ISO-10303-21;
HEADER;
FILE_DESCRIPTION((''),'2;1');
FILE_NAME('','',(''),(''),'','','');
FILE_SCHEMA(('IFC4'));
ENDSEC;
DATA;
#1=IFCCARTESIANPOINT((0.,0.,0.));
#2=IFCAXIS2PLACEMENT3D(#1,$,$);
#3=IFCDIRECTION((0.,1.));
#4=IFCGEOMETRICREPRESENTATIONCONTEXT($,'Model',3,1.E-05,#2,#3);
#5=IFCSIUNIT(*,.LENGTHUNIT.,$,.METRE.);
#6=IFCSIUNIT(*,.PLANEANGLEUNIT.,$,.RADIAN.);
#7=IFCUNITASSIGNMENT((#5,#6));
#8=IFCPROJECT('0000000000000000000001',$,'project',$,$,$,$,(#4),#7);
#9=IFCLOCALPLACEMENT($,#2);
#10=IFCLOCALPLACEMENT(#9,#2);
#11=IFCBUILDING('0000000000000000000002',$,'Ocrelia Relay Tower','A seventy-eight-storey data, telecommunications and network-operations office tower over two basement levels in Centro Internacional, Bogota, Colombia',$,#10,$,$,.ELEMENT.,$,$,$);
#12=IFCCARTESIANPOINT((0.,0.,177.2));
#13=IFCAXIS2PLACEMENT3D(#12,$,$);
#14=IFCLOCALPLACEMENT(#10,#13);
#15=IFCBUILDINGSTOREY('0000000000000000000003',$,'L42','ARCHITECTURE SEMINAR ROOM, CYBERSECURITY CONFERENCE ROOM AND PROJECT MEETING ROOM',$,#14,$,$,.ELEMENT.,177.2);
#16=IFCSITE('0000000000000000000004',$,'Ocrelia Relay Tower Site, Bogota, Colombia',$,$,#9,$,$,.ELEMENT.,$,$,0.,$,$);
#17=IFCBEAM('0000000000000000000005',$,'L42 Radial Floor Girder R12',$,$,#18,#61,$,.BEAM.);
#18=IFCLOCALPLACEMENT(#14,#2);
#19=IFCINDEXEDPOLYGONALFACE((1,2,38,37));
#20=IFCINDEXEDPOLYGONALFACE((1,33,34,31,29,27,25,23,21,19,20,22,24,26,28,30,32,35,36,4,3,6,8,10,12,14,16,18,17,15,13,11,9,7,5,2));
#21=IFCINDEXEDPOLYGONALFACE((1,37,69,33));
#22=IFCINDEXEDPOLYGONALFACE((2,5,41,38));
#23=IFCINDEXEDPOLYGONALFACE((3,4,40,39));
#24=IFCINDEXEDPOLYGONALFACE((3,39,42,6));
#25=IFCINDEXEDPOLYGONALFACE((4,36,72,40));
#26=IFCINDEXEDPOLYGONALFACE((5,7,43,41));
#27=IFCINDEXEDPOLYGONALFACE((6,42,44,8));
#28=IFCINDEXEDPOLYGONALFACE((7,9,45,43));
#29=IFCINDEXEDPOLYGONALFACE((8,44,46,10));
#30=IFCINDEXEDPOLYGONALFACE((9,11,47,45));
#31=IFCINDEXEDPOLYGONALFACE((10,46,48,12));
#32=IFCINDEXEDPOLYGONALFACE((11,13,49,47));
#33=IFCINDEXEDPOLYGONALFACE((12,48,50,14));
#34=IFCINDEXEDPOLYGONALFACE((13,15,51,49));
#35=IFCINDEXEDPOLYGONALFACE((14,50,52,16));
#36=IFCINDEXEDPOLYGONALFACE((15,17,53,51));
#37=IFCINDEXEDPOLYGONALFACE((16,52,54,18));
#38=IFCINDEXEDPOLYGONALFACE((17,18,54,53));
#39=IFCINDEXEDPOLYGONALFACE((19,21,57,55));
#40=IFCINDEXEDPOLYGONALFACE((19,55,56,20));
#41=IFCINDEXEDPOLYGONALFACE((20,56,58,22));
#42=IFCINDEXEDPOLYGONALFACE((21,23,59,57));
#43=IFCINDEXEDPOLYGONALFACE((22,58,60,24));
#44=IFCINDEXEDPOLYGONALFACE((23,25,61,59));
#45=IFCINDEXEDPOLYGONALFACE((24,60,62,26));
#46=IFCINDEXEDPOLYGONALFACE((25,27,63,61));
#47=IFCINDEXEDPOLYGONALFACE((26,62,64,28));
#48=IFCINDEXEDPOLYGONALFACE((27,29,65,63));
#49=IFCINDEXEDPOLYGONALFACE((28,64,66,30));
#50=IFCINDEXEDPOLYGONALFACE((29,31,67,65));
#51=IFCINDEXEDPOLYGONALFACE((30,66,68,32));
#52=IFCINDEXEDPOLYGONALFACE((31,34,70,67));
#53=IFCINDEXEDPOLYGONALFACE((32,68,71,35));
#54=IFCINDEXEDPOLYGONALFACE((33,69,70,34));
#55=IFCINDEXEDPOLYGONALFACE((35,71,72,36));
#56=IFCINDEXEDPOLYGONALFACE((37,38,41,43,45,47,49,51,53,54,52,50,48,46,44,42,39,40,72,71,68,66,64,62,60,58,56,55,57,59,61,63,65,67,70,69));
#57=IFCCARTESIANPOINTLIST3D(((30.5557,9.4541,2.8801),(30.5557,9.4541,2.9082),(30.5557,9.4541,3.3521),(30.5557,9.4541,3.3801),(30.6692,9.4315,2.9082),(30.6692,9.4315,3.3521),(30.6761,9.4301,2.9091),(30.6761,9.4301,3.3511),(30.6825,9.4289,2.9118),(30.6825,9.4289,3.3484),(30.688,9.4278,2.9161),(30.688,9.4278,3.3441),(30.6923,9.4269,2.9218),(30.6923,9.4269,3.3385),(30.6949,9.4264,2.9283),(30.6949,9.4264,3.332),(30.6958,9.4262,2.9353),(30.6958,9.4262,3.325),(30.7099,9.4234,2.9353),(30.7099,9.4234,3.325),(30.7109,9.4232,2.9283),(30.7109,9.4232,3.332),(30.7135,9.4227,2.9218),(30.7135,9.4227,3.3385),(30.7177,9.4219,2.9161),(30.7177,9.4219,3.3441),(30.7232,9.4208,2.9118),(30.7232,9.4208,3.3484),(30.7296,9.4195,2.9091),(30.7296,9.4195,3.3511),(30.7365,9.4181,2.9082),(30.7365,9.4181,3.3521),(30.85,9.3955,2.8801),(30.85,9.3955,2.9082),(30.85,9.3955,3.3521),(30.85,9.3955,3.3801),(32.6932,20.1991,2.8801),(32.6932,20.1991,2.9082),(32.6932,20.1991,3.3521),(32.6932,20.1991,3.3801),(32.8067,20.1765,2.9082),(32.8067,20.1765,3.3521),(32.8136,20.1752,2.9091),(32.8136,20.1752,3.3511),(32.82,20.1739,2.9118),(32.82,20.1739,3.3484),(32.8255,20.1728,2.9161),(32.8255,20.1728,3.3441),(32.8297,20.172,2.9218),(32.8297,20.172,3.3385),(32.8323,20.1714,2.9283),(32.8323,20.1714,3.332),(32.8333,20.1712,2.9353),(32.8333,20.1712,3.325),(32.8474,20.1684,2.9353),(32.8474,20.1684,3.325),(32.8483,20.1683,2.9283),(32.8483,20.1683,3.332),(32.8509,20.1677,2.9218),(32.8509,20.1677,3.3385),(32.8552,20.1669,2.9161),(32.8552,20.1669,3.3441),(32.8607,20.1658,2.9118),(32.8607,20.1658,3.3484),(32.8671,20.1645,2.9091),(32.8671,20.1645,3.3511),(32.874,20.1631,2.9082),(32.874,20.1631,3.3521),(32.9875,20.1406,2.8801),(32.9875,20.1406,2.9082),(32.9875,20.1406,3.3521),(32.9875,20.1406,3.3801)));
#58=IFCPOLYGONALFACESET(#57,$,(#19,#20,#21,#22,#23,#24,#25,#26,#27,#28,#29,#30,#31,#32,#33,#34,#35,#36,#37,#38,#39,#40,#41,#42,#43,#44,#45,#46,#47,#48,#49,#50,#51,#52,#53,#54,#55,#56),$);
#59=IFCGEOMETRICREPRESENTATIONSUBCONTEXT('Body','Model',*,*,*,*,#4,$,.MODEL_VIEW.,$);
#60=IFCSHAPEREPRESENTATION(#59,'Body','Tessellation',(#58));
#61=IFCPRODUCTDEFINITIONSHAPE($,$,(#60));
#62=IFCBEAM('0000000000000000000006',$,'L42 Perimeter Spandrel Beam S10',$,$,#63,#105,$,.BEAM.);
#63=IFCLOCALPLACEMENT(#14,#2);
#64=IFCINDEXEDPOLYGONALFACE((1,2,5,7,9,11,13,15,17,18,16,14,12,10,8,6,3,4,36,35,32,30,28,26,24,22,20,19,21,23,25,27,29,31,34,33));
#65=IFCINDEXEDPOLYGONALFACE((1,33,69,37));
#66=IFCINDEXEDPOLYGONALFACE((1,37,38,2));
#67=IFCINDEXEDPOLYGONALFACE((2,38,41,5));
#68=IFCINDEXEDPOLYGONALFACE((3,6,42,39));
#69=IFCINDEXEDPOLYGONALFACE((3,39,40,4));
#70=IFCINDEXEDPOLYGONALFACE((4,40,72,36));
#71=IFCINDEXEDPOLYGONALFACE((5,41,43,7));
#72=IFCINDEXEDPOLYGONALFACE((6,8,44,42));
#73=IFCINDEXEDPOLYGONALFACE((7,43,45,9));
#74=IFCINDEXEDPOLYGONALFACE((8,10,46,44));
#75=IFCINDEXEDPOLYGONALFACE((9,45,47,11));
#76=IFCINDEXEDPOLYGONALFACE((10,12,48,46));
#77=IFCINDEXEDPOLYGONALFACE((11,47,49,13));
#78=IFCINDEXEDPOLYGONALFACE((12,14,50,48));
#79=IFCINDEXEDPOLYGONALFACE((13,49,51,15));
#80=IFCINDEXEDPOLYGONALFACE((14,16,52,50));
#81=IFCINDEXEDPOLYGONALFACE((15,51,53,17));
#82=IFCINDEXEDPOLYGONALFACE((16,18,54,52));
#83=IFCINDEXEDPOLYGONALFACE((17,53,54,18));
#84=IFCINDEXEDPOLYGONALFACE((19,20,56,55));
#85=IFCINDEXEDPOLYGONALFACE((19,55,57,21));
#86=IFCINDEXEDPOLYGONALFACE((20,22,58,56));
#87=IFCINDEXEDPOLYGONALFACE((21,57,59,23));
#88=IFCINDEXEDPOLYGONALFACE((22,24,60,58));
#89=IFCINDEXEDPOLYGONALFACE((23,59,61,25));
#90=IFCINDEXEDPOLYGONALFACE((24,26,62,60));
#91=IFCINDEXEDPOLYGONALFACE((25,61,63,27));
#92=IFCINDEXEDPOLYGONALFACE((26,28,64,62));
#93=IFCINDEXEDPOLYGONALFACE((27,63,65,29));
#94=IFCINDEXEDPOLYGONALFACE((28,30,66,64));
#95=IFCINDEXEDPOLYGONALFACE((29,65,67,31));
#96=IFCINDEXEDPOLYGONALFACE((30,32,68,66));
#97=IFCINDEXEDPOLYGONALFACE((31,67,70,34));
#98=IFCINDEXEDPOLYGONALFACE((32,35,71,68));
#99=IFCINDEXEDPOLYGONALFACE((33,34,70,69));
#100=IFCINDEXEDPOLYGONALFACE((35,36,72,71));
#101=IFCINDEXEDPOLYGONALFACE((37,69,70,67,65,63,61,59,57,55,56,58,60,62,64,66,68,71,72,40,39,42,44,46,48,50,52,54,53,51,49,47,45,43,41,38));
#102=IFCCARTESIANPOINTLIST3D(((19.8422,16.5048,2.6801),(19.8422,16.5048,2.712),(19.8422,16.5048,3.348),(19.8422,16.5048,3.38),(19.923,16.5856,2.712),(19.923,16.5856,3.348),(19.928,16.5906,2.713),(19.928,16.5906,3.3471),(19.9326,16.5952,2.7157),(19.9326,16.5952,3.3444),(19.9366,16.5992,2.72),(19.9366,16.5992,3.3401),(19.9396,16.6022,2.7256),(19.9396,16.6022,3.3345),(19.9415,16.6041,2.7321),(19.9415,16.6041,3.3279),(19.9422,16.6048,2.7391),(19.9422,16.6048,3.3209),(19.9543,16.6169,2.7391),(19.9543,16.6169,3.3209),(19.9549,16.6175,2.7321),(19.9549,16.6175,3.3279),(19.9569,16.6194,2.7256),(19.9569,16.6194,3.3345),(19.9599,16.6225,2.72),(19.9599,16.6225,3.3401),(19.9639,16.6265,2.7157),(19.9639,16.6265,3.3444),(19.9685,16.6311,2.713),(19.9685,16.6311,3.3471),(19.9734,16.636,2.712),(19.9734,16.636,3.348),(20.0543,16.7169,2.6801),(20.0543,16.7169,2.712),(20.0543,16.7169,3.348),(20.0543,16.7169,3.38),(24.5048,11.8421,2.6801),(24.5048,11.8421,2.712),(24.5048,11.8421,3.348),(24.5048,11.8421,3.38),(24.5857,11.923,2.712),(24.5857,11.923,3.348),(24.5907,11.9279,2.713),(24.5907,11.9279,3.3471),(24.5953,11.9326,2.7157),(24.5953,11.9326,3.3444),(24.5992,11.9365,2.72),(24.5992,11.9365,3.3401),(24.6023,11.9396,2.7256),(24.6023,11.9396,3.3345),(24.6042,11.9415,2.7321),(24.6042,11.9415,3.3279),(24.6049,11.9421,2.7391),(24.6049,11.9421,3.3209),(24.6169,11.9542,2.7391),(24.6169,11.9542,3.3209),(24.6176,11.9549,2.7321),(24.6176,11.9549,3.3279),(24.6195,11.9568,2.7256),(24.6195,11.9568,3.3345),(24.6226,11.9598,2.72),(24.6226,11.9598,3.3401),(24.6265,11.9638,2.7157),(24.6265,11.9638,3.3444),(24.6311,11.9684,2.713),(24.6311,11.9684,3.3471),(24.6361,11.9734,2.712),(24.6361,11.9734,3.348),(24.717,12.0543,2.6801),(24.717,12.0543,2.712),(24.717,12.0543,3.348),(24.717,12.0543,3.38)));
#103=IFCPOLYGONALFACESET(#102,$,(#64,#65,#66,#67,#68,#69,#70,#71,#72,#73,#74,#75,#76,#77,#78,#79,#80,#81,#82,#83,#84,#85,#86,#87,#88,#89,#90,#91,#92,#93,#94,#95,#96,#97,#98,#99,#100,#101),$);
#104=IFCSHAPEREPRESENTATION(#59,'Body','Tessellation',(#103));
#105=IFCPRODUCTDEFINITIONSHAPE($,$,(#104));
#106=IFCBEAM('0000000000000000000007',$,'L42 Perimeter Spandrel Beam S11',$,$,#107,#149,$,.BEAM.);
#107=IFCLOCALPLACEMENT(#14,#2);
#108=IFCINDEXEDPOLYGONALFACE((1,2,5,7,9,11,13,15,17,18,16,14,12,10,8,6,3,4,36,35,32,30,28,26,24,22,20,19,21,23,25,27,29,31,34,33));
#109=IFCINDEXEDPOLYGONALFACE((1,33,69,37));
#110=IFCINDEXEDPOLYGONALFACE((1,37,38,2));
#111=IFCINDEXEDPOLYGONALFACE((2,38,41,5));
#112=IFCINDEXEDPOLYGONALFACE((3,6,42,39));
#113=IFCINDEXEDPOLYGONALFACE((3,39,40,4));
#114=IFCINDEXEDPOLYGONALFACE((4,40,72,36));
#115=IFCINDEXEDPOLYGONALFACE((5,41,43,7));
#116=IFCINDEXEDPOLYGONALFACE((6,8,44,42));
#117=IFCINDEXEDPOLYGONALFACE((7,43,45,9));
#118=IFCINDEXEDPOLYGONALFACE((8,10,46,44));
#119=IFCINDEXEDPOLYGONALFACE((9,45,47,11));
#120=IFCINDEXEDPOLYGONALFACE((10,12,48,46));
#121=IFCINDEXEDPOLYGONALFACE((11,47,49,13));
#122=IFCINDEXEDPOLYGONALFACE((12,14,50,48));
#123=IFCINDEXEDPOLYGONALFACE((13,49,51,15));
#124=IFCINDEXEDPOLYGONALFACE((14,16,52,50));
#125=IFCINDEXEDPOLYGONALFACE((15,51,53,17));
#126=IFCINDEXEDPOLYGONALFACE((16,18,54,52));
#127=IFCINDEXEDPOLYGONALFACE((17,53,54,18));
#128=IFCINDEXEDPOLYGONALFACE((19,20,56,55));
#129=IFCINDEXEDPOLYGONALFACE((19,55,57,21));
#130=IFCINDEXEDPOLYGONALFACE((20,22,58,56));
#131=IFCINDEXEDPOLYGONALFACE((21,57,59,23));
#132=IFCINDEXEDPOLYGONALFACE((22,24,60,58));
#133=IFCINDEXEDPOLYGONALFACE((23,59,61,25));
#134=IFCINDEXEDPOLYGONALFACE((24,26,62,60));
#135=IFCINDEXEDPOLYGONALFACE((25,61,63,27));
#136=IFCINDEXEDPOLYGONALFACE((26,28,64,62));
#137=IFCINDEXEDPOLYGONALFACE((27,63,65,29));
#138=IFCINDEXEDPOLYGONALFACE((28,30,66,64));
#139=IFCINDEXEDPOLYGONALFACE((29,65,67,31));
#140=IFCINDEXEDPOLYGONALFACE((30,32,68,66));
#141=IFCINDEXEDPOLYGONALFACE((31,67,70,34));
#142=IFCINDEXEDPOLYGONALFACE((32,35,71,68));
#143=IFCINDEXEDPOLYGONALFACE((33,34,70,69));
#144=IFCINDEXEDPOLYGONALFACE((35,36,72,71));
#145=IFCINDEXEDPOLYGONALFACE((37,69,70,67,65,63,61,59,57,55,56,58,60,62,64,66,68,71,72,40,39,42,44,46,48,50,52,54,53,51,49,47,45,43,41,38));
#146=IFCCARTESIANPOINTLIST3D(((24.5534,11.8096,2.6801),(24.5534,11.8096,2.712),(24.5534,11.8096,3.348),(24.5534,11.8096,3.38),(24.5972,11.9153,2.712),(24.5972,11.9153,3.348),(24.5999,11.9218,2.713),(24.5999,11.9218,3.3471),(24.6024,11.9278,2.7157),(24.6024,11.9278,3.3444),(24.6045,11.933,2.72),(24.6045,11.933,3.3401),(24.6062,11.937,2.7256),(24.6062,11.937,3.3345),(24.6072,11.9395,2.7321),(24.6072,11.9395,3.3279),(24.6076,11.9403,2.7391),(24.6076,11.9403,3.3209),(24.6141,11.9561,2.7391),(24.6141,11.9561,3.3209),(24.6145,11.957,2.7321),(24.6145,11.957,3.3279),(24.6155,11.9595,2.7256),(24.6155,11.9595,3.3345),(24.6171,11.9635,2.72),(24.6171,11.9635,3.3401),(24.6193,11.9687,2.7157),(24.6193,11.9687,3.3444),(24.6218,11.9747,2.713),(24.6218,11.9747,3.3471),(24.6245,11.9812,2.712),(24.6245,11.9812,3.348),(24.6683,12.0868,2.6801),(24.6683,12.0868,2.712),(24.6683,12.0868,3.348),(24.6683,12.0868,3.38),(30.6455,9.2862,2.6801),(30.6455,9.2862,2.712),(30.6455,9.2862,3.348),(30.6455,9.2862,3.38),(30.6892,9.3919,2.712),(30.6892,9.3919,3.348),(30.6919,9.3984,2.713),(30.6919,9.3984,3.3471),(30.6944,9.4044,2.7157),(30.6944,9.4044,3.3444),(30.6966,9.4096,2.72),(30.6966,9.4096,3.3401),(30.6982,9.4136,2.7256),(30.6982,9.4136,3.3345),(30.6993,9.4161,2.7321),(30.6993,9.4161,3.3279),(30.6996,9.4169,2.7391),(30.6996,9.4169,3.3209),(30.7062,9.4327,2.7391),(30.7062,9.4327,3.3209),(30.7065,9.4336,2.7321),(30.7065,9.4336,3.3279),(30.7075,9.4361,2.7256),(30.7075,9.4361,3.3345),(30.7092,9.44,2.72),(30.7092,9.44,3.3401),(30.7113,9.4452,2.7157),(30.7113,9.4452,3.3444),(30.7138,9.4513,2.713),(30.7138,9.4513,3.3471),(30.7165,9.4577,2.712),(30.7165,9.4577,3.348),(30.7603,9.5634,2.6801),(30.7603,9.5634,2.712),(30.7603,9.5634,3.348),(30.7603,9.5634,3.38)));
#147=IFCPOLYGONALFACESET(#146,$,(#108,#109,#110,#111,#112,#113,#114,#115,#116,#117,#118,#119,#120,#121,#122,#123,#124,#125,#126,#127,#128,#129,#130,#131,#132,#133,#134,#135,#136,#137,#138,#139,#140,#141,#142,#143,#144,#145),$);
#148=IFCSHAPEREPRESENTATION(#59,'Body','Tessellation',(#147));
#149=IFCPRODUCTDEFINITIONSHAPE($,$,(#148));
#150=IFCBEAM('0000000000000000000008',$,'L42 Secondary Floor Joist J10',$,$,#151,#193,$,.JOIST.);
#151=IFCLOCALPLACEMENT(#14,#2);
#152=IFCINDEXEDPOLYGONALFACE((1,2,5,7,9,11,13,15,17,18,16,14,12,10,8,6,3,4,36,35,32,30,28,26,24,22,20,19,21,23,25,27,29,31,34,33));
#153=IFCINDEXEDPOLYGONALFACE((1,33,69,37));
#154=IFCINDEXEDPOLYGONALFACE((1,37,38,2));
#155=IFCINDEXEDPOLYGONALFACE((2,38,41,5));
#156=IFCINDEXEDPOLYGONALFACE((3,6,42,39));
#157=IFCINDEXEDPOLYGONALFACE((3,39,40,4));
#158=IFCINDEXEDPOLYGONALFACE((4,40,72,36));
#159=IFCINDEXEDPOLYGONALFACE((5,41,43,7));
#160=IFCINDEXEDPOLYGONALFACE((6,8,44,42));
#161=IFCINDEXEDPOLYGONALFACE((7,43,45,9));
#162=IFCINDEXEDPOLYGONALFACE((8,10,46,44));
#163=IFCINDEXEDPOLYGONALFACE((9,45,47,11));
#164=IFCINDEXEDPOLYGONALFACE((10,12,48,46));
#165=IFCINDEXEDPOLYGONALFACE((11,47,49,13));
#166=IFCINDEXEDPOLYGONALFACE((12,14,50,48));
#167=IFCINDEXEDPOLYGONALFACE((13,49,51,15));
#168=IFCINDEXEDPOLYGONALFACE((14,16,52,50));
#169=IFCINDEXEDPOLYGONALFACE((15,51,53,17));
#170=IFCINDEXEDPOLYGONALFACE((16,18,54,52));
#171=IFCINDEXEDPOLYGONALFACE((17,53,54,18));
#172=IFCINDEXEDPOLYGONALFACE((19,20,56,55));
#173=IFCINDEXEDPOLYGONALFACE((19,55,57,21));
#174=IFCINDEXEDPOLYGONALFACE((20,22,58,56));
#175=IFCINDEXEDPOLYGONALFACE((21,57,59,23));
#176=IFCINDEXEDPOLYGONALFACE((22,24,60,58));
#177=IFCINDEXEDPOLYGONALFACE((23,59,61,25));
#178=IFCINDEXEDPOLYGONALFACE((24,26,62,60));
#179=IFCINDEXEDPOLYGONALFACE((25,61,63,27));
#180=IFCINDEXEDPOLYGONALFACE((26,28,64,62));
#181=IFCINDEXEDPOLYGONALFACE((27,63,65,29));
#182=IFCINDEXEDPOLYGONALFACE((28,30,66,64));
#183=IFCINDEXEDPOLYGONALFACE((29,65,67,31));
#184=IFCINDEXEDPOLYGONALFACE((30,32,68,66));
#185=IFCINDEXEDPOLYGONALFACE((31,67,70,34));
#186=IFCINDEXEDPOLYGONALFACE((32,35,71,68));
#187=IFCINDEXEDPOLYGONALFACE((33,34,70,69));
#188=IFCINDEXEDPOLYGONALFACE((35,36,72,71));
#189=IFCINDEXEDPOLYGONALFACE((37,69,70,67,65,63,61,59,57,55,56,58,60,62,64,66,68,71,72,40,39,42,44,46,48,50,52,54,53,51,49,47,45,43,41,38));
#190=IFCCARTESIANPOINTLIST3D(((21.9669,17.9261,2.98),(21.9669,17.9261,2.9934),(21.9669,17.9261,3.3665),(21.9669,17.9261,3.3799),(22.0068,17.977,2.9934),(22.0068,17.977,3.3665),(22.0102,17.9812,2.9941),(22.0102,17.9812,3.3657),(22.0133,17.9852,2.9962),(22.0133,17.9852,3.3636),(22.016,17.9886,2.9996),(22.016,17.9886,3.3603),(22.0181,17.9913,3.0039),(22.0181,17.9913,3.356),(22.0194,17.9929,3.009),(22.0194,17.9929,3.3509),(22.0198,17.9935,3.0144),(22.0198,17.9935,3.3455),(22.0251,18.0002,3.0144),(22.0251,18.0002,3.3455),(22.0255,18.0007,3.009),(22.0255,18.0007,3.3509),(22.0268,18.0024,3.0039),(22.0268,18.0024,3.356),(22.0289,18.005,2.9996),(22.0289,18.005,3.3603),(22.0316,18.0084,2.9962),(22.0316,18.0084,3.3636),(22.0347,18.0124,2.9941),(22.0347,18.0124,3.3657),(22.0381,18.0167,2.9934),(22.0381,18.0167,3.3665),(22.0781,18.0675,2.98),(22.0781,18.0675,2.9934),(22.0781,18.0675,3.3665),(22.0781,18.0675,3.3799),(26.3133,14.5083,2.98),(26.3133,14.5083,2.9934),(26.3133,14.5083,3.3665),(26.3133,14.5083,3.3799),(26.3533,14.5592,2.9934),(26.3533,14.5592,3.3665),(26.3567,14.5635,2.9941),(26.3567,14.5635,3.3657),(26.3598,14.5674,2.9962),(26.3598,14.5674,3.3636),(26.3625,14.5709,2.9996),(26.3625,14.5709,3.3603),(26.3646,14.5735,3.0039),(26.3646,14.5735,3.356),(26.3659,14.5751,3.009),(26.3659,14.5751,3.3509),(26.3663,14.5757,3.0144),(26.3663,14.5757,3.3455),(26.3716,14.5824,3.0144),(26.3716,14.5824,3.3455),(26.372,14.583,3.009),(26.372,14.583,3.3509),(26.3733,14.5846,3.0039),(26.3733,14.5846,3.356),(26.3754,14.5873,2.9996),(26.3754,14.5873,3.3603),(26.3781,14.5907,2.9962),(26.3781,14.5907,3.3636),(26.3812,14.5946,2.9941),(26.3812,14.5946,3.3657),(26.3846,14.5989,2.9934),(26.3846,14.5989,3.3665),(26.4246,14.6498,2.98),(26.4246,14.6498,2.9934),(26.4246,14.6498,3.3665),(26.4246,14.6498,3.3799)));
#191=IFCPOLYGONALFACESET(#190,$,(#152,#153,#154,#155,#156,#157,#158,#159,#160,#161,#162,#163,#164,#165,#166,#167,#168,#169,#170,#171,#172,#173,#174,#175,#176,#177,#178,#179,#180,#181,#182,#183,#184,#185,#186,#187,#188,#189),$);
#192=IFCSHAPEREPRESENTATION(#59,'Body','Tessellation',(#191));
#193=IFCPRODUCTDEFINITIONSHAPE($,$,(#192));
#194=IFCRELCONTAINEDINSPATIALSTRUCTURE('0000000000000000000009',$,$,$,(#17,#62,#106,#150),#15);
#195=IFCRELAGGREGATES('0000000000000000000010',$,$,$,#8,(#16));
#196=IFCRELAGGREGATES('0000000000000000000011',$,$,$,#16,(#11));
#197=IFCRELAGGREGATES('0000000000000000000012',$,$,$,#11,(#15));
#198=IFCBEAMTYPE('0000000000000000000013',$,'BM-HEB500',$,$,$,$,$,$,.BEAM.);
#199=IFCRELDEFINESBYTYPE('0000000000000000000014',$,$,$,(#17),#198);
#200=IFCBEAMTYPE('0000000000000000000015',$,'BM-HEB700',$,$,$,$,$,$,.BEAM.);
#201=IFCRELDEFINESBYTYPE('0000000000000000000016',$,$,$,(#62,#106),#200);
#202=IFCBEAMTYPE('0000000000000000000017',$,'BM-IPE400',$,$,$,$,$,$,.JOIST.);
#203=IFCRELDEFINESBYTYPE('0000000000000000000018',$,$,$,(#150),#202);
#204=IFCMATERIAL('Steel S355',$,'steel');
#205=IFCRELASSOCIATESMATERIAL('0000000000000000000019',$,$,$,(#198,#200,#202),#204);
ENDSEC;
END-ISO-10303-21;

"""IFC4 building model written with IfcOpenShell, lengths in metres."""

from ifc_helpers import new_model, si_unit, direction, frame, origin, origin_2d, place, context, subcontext, project, spatial, i_section, extrude, material, material_profile, profile_set, type_object, element, save


model = new_model("IFC4")

# Units and contexts
model_context = context("Model", 3, precision=1e-05, world=origin(), true_north=direction((0.0, 1.0)))
body_context = subcontext(model_context, "Body", "Model", "MODEL_VIEW")
ifc_project = project(units=[si_unit("LENGTHUNIT", "METRE"), si_unit("PLANEANGLEUNIT", "RADIAN")], contexts=[model_context])

# Site, building, storey
site_placement = place(None, origin())
site = spatial("IfcSite", under=ifc_project, at=site_placement, Name="Ocrelia Relay Tower Site, Bogota, Colombia", CompositionType="ELEMENT", RefElevation=0.0)
building_placement = place(site_placement, origin())
building = spatial("IfcBuilding", under=site, at=building_placement, Name="Ocrelia Relay Tower", Description="A seventy-eight-storey data, telecommunications and network-operations office tower over two basement levels in Centro Internacional, Bogota, Colombia", CompositionType="ELEMENT")
storey_placement = place(building_placement, frame((0.0, 0.0, 177.2)))
storey = spatial("IfcBuildingStorey", under=building, at=storey_placement, Name="L42", Description="ARCHITECTURE SEMINAR ROOM, CYBERSECURITY CONFERENCE ROOM AND PROJECT MEETING ROOM", CompositionType="ELEMENT", Elevation=177.2)

# Beams
ifc_material_1 = material(Name="Steel S355", Category="steel")
ifc_material_profile_1 = material_profile(ifc_material_1, i_section(OverallWidth=0.3, OverallDepth=0.5, WebThickness=0.0144, FlangeThickness=0.0281, FilletRadius=0.0271, at=origin_2d()), Name="HEB 500")
ifc_profile_set_1 = profile_set([ifc_material_profile_1], Name="Steel S355")
beam_type_1 = type_object("IfcBeamType", Name="BM-HEB500", PredefinedType="BEAM", material=ifc_profile_set_1)
beam_1_placement = place(storey_placement, frame((30.7029, 9.4248, 3.1301), z_axis=(0.1951, 0.980783, 0.0), x_axis=(-0.980783, 0.1951, 0.0)))
element("IfcBeam", 1, at=beam_1_placement, inside=storey, type_object=beam_type_1, Name="L42 Radial Floor Girder R12", PredefinedType="BEAM", context=body_context, shape_type="SweptSolid", body=[
    extrude(i_section(OverallWidth=0.3, OverallDepth=0.5, WebThickness=0.0144, FlangeThickness=0.0281, FilletRadius=0.0271, at=origin_2d()), origin(), (0.0, 0.0, 1.0), 10.9556),
])
ifc_material_profile_2 = material_profile(ifc_material_1, i_section(OverallWidth=0.3, OverallDepth=0.7, WebThickness=0.0171, FlangeThickness=0.032, FilletRadius=0.0271, at=origin_2d()), Name="HEB 700")
ifc_profile_set_2 = profile_set([ifc_material_profile_2], Name="Steel S355")
beam_type_2 = type_object("IfcBeamType", Name="BM-HEB700", PredefinedType="BEAM", material=ifc_profile_set_2)
for number, where, z_axis, x_axis, name in (
    (2, (19.9482, 16.6108, 3.03), (0.707107, -0.707107, 0.0), (0.707107, 0.707107, 0.0), "L42 Perimeter Spandrel Beam S10"),
    (3, (24.6108, 11.9482, 3.03), (0.923878, -0.382688, 0.0), (0.382688, 0.923878, 0.0), "L42 Perimeter Spandrel Beam S11"),
):
    element("IfcBeam", number, at=place(storey_placement, frame(where, z_axis=z_axis, x_axis=x_axis)), inside=storey, type_object=beam_type_2, Name=name, PredefinedType="BEAM", context=body_context, shape_type="SweptSolid", body=[
        extrude(i_section(OverallWidth=0.3, OverallDepth=0.7, WebThickness=0.0171, FlangeThickness=0.032, FilletRadius=0.0271, at=origin_2d()), origin(), (0.0, 0.0, 1.0), 6.594),
    ])
ifc_material_profile_3 = material_profile(ifc_material_1, i_section(OverallWidth=0.1799, OverallDepth=0.3999, WebThickness=0.0085, FlangeThickness=0.0134, FilletRadius=0.021, at=origin_2d()), Name="IPE 400")
ifc_profile_set_3 = profile_set([ifc_material_profile_3], Name="Steel S355")
beam_type_3 = type_object("IfcBeamType", Name="BM-IPE400", PredefinedType="JOIST", material=ifc_profile_set_3)
beam_2_placement = place(storey_placement, frame((22.0225, 17.9968, 3.1799), z_axis=(0.786084, -0.61812, 0.0), x_axis=(0.61812, 0.786084, 0.0)))
element("IfcBeam", 4, at=beam_2_placement, inside=storey, type_object=beam_type_3, Name="L42 Secondary Floor Joist J10", PredefinedType="JOIST", context=body_context, shape_type="SweptSolid", body=[
    extrude(i_section(OverallWidth=0.1799, OverallDepth=0.3999, WebThickness=0.0085, FlangeThickness=0.0134, FilletRadius=0.021, at=origin_2d()), origin(), (0.0, 0.0, 1.0), 5.5293),
])

save(model, "model.ifc")
